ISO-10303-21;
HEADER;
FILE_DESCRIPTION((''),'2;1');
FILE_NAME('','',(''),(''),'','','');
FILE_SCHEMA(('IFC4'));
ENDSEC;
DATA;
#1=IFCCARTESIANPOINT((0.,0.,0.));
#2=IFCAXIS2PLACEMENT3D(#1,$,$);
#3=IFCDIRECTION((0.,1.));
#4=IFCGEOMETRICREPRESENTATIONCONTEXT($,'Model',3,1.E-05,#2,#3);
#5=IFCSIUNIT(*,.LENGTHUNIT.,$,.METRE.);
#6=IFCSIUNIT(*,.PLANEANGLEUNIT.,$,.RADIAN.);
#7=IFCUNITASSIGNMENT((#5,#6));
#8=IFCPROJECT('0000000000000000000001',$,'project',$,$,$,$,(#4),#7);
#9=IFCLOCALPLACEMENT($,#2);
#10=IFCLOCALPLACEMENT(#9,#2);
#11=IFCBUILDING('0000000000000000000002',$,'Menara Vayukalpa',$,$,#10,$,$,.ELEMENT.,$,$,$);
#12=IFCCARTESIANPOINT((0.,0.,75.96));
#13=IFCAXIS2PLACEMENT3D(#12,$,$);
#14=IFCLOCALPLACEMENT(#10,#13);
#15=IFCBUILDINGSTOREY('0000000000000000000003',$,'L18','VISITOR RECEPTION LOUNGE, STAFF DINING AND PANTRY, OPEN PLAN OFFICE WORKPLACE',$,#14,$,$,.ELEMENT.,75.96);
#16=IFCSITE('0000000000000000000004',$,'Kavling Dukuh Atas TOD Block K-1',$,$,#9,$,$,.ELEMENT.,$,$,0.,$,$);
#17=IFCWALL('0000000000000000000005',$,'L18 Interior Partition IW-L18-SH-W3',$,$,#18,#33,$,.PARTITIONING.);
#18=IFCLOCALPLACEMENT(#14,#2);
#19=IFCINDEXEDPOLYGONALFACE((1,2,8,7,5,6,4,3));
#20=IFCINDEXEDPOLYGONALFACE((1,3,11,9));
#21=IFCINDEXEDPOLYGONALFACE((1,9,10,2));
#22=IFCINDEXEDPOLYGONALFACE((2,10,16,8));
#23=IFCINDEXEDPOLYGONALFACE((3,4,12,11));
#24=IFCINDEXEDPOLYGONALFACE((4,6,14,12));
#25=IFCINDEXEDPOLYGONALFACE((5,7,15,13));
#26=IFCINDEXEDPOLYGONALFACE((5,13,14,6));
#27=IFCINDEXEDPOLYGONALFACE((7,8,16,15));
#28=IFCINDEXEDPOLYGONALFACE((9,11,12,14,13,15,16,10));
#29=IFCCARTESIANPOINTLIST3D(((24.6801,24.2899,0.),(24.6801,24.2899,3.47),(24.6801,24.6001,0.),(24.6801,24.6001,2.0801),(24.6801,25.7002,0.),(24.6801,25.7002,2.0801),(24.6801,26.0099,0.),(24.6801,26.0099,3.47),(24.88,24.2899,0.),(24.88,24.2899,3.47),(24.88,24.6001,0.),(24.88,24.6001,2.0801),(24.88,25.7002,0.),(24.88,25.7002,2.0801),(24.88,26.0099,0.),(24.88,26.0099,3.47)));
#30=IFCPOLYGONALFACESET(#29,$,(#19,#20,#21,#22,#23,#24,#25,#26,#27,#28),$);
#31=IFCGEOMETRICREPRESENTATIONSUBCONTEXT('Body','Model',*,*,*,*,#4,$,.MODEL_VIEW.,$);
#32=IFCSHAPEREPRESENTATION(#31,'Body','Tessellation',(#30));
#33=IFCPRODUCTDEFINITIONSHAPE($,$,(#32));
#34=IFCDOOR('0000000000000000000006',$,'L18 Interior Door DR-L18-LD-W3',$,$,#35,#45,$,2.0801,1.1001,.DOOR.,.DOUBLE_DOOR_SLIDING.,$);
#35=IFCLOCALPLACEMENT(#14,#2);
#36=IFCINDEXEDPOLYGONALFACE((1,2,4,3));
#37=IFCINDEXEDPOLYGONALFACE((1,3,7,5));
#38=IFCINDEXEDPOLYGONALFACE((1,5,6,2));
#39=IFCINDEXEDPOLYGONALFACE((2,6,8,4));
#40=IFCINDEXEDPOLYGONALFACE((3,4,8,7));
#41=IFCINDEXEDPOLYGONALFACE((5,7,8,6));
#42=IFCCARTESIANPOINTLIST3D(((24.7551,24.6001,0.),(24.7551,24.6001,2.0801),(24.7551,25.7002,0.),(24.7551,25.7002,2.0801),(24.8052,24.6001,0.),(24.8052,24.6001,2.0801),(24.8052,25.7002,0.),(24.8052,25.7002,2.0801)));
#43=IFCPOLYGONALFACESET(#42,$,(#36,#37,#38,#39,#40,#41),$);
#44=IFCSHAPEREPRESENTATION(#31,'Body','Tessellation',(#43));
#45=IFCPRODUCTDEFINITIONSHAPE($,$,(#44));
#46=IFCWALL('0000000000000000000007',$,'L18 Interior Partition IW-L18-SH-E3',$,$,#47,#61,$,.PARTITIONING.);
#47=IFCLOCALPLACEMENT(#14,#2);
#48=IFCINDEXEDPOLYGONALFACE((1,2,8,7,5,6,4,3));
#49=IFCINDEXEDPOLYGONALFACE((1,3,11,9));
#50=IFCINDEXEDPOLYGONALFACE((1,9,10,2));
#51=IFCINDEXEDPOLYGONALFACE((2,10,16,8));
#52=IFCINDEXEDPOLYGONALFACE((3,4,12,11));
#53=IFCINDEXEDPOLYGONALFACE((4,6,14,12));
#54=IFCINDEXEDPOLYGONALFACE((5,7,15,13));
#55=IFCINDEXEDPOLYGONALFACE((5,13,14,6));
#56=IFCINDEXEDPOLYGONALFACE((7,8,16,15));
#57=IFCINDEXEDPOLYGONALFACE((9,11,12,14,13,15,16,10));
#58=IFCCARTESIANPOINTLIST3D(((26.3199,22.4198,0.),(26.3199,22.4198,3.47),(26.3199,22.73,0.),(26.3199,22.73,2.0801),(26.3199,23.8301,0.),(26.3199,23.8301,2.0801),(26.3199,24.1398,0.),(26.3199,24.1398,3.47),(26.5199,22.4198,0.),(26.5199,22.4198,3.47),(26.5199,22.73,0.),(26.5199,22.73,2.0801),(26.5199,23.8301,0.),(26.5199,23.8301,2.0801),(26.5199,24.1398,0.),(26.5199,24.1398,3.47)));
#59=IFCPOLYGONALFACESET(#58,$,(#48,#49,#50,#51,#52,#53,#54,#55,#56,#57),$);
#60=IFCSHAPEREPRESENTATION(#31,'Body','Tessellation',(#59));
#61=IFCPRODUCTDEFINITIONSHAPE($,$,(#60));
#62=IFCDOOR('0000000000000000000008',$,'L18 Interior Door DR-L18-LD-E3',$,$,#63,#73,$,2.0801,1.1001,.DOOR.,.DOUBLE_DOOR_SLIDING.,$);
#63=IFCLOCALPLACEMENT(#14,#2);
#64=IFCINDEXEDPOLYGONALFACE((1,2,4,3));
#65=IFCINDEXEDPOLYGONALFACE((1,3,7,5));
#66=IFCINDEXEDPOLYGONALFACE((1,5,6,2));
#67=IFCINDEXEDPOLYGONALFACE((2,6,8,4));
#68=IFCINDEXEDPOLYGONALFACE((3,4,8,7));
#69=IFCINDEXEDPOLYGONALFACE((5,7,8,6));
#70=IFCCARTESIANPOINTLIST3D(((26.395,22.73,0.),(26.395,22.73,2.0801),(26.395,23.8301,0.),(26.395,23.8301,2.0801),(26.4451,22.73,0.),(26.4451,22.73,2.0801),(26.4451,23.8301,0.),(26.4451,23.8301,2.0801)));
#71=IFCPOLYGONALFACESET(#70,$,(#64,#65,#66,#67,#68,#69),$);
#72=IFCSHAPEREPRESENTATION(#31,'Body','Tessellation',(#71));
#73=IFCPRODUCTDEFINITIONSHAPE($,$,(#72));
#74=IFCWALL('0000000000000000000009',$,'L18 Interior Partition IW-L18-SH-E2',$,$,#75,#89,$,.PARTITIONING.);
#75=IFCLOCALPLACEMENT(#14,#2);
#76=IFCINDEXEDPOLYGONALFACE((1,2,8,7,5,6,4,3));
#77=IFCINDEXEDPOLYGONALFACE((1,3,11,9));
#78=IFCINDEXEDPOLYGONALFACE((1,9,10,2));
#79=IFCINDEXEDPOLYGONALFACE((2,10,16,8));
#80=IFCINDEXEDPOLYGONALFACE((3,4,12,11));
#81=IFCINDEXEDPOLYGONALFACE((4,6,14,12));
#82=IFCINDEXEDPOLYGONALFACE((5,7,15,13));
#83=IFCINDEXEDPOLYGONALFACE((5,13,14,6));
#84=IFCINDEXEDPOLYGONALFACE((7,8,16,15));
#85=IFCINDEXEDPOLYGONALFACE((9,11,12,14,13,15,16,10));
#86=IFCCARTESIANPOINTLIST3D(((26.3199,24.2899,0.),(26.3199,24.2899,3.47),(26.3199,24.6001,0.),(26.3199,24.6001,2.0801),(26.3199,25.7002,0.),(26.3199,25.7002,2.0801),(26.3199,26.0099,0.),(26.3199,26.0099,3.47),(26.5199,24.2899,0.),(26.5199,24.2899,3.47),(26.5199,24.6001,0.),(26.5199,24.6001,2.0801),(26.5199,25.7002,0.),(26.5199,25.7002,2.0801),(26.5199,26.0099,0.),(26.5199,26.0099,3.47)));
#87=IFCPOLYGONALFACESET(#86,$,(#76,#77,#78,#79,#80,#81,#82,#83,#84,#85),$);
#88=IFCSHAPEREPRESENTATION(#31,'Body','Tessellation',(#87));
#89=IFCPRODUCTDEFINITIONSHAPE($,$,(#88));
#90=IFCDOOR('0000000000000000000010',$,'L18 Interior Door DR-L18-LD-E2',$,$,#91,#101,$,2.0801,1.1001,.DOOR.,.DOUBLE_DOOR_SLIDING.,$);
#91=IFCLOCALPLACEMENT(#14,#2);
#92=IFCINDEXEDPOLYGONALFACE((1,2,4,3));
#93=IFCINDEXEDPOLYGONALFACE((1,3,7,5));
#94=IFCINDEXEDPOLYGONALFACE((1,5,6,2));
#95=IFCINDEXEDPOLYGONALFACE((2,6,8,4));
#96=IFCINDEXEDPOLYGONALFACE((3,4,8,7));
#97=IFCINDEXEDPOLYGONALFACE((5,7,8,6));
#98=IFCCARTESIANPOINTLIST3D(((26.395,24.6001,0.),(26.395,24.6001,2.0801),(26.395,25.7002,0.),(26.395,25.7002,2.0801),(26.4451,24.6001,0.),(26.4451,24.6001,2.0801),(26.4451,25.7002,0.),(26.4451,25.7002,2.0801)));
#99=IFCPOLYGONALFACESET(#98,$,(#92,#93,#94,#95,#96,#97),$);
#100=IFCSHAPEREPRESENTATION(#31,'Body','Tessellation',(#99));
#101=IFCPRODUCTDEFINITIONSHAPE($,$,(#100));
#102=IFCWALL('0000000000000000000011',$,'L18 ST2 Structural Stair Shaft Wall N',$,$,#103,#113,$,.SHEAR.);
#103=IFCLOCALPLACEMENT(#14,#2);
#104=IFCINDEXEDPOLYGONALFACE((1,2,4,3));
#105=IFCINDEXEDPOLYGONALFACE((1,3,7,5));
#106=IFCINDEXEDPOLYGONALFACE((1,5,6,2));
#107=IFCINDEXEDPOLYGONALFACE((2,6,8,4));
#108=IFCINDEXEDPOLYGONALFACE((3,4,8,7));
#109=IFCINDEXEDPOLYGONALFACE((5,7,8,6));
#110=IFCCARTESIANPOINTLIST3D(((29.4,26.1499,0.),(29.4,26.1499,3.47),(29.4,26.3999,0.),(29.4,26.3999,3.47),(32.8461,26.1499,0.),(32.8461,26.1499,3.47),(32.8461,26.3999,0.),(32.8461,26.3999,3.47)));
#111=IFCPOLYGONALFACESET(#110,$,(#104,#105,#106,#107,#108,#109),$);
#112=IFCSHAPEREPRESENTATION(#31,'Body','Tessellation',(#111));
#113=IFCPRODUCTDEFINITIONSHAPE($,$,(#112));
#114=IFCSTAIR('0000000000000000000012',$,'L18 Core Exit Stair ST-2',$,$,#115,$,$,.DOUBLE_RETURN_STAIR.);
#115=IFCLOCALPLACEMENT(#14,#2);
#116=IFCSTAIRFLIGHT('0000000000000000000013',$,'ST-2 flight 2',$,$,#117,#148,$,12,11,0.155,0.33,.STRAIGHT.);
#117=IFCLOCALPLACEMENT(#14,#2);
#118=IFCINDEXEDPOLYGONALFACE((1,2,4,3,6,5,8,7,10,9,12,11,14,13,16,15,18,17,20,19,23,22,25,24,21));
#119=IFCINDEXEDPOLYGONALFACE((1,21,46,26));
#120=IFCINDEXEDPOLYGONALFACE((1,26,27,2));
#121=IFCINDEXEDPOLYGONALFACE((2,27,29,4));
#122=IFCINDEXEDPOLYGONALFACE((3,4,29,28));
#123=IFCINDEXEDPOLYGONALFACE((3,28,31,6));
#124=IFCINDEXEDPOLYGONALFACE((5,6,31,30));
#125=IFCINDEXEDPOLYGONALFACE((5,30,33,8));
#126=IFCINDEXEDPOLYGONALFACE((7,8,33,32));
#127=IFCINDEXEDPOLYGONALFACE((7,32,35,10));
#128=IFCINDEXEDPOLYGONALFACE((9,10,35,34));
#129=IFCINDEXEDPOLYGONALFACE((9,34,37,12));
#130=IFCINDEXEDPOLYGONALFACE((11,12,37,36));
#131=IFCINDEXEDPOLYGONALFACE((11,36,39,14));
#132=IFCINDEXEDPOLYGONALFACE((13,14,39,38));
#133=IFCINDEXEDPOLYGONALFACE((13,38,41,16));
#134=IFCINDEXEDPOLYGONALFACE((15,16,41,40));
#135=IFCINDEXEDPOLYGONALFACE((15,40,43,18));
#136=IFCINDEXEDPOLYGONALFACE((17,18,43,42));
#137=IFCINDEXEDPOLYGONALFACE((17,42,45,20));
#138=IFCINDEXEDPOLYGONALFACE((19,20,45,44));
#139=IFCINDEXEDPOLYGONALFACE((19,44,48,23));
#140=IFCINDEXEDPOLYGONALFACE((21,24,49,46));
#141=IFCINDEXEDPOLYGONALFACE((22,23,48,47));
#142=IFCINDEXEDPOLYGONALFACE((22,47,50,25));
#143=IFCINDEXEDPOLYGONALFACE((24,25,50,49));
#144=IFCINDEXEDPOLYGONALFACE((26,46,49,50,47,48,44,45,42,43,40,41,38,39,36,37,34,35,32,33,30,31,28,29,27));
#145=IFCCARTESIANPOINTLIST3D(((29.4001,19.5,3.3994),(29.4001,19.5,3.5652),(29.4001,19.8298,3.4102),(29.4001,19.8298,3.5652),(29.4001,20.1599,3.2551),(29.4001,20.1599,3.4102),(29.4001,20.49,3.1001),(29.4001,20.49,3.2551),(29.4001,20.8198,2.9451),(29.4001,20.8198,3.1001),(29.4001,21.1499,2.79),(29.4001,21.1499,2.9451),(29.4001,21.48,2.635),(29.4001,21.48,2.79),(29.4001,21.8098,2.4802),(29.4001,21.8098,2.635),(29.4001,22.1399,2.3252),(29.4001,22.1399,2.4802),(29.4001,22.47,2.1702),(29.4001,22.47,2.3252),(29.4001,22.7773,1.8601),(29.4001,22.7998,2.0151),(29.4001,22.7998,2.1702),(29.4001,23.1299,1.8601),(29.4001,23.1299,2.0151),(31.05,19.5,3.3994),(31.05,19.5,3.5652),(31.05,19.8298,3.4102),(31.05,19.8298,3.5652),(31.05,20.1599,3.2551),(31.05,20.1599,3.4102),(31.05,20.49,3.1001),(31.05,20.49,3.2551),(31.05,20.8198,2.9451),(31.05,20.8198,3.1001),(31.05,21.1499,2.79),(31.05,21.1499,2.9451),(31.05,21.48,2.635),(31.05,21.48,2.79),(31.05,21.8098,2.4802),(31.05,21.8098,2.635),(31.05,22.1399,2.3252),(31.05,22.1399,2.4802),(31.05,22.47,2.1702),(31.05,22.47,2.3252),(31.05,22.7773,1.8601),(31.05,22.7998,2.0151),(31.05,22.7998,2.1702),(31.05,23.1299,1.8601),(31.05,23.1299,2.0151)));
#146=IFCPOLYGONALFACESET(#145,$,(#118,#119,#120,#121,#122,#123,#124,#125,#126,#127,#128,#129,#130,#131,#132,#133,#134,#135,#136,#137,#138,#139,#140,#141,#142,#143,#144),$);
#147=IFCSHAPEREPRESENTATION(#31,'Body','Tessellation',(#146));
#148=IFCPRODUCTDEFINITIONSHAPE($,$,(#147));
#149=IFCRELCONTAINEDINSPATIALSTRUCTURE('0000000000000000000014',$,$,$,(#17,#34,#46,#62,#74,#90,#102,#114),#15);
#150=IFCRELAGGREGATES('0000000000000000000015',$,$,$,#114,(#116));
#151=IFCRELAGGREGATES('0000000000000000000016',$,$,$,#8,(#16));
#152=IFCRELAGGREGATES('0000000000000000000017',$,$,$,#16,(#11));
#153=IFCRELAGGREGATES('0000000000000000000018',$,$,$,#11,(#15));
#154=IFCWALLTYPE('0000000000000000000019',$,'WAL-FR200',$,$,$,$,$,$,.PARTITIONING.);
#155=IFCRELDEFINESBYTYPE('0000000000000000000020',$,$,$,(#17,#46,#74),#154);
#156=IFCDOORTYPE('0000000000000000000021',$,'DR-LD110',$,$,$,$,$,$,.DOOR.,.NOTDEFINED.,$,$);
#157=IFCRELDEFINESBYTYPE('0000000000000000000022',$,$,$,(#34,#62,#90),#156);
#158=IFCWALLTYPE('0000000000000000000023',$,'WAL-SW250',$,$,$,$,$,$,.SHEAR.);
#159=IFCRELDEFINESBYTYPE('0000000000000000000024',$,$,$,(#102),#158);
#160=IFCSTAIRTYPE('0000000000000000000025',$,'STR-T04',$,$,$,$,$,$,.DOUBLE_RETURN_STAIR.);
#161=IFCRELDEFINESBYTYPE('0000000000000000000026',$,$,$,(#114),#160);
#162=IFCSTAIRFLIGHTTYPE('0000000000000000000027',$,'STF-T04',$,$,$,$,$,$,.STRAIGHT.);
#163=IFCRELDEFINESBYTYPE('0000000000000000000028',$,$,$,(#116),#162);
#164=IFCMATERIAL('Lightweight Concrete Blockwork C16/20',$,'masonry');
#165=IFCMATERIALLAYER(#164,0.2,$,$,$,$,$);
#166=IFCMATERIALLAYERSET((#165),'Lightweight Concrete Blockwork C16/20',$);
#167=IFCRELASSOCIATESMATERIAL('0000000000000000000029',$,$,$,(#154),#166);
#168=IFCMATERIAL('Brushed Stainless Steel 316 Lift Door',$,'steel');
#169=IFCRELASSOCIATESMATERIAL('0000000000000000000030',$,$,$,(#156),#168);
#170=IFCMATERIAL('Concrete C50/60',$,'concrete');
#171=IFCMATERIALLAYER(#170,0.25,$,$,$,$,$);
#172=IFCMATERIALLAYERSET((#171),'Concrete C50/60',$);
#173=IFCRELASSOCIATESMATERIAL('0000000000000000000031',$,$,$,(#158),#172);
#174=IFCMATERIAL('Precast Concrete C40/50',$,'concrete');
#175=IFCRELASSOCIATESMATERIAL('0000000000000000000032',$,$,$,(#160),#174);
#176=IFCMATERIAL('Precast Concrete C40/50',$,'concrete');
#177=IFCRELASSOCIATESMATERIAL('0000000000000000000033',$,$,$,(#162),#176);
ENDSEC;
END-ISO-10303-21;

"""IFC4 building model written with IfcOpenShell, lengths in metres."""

from ifc_helpers import new_model, si_unit, direction, frame, frame_2d, origin, place, context, subcontext, project, spatial, polyline, rectangle, outline, extrude, material, layer, layer_set, type_object, element, fill, aggregate, save


model = new_model("IFC4")

# Units and contexts
model_context = context("Model", 3, precision=1e-05, world=origin(), true_north=direction((0.0, 1.0)))
body_context = subcontext(model_context, "Body", "Model", "MODEL_VIEW")
ifc_project = project(units=[si_unit("LENGTHUNIT", "METRE"), si_unit("PLANEANGLEUNIT", "RADIAN")], contexts=[model_context])

# Site, building, storey
site_placement = place(None, origin())
site = spatial("IfcSite", under=ifc_project, at=site_placement, Name="Kavling Dukuh Atas TOD Block K-1", CompositionType="ELEMENT", RefElevation=0.0)
building_placement = place(site_placement, origin())
building = spatial("IfcBuilding", under=site, at=building_placement, Name="Menara Vayukalpa", CompositionType="ELEMENT")
storey_placement = place(building_placement, frame((0.0, 0.0, 75.96)))
storey = spatial("IfcBuildingStorey", under=building, at=storey_placement, Name="L18", Description="VISITOR RECEPTION LOUNGE, STAFF DINING AND PANTRY, OPEN PLAN OFFICE WORKPLACE", CompositionType="ELEMENT", Elevation=75.96)

# Walls, openings, doors
ifc_material_1 = material(Name="Lightweight Concrete Blockwork C16/20", Category="masonry")
ifc_layer_1 = layer(ifc_material_1, 0.2)
ifc_layer_set_1 = layer_set([ifc_layer_1], Name="Lightweight Concrete Blockwork C16/20")
wall_type_1 = type_object("IfcWallType", Name="WAL-FR200", PredefinedType="PARTITIONING", material=ifc_layer_set_1)
ifc_material_2 = material(Name="Brushed Stainless Steel 316 Lift Door", Category="steel")
door_type = type_object("IfcDoorType", Name="DR-LD110", OperationType="NOTDEFINED", PredefinedType="DOOR", material=ifc_material_2)
wall_1_placement = place(storey_placement, frame((24.78, 24.29, 0.0), z_axis=(0.0, 0.0, 1.0), x_axis=(0.0, 1.0, 0.0)))
wall_1 = element("IfcWall", 1, at=wall_1_placement, inside=storey, type_object=wall_type_1, Name="L18 Interior Partition IW-L18-SH-W3", PredefinedType="PARTITIONING", context=body_context, shape_type="SweptSolid", body=[
    extrude(rectangle(XDim=1.72, YDim=0.2, at=frame_2d((0.8599, 0.0))), origin(), (0.0, 0.0, 1.0), 3.47),
])
opening_1_placement = place(wall_1_placement, frame((0.3101, 0.0, 0.0)))
opening_1 = element("IfcOpeningElement", 2, at=opening_1_placement, cuts=wall_1, PredefinedType="OPENING", context=body_context, shape_type="SweptSolid", body=[
    extrude(rectangle(XDim=1.1001, YDim=2.0801, at=frame_2d((0.55, 1.04))), frame((0.0, 0.1099, 0.0), z_axis=(0.0, -1.0, 0.0), x_axis=(1.0, 0.0, 0.0)), (0.0, 0.0, 1.0), 0.22),
])
door_1_placement = place(opening_1_placement, origin())
door_1 = element("IfcDoor", 3, at=door_1_placement, inside=storey, type_object=door_type, Name="L18 Interior Door DR-L18-LD-W3", OperationType="DOUBLE_DOOR_SLIDING", OverallHeight=2.0801, OverallWidth=1.1001, PredefinedType="DOOR", context=body_context, shape_type="SweptSolid", body=[
    extrude(rectangle(XDim=1.1001, YDim=2.0801, at=frame_2d((0.55, 1.04))), frame((0.0, 0.0249, 0.0), z_axis=(0.0, -1.0, 0.0), x_axis=(1.0, 0.0, 0.0)), (0.0, 0.0, 1.0), 0.05),
])
fill(opening_1, door_1)
wall_2_placement = place(storey_placement, frame((26.4199, 22.4199, 0.0), z_axis=(0.0, 0.0, 1.0), x_axis=(0.0, 1.0, 0.0)))
wall_2 = element("IfcWall", 4, at=wall_2_placement, inside=storey, type_object=wall_type_1, Name="L18 Interior Partition IW-L18-SH-E3", PredefinedType="PARTITIONING", context=body_context, shape_type="SweptSolid", body=[
    extrude(rectangle(XDim=1.72, YDim=0.2, at=frame_2d((0.8599, 0.0))), origin(), (0.0, 0.0, 1.0), 3.47),
])
opening_2_placement = place(wall_2_placement, frame((0.3101, 0.0, 0.0)))
opening_2 = element("IfcOpeningElement", 5, at=opening_2_placement, cuts=wall_2, PredefinedType="OPENING", context=body_context, shape_type="SweptSolid", body=[
    extrude(rectangle(XDim=1.1001, YDim=2.0801, at=frame_2d((0.55, 1.04))), frame((0.0, 0.1099, 0.0), z_axis=(0.0, -1.0, 0.0), x_axis=(1.0, 0.0, 0.0)), (0.0, 0.0, 1.0), 0.22),
])
door_2_placement = place(opening_2_placement, origin())
door_2 = element("IfcDoor", 6, at=door_2_placement, inside=storey, type_object=door_type, Name="L18 Interior Door DR-L18-LD-E3", OperationType="DOUBLE_DOOR_SLIDING", OverallHeight=2.0801, OverallWidth=1.1001, PredefinedType="DOOR", context=body_context, shape_type="SweptSolid", body=[
    extrude(rectangle(XDim=1.1001, YDim=2.0801, at=frame_2d((0.55, 1.04))), frame((0.0, 0.0249, 0.0), z_axis=(0.0, -1.0, 0.0), x_axis=(1.0, 0.0, 0.0)), (0.0, 0.0, 1.0), 0.05),
])
fill(opening_2, door_2)
wall_3_placement = place(storey_placement, frame((26.4199, 24.29, 0.0), z_axis=(0.0, 0.0, 1.0), x_axis=(0.0, 1.0, 0.0)))
wall_3 = element("IfcWall", 7, at=wall_3_placement, inside=storey, type_object=wall_type_1, Name="L18 Interior Partition IW-L18-SH-E2", PredefinedType="PARTITIONING", context=body_context, shape_type="SweptSolid", body=[
    extrude(rectangle(XDim=1.72, YDim=0.2, at=frame_2d((0.8599, 0.0))), origin(), (0.0, 0.0, 1.0), 3.47),
])
opening_3_placement = place(wall_3_placement, frame((0.3101, 0.0, 0.0)))
opening_3 = element("IfcOpeningElement", 8, at=opening_3_placement, cuts=wall_3, PredefinedType="OPENING", context=body_context, shape_type="SweptSolid", body=[
    extrude(rectangle(XDim=1.1001, YDim=2.0801, at=frame_2d((0.55, 1.04))), frame((0.0, 0.1099, 0.0), z_axis=(0.0, -1.0, 0.0), x_axis=(1.0, 0.0, 0.0)), (0.0, 0.0, 1.0), 0.22),
])
door_3_placement = place(opening_3_placement, origin())
door_3 = element("IfcDoor", 9, at=door_3_placement, inside=storey, type_object=door_type, Name="L18 Interior Door DR-L18-LD-E2", OperationType="DOUBLE_DOOR_SLIDING", OverallHeight=2.0801, OverallWidth=1.1001, PredefinedType="DOOR", context=body_context, shape_type="SweptSolid", body=[
    extrude(rectangle(XDim=1.1001, YDim=2.0801, at=frame_2d((0.55, 1.04))), frame((0.0, 0.0249, 0.0), z_axis=(0.0, -1.0, 0.0), x_axis=(1.0, 0.0, 0.0)), (0.0, 0.0, 1.0), 0.05),
])
fill(opening_3, door_3)

# Wall
ifc_material_3 = material(Name="Concrete C50/60", Category="concrete")
ifc_layer_2 = layer(ifc_material_3, 0.25)
ifc_layer_set_2 = layer_set([ifc_layer_2], Name="Concrete C50/60")
wall_type_2 = type_object("IfcWallType", Name="WAL-SW250", PredefinedType="SHEAR", material=ifc_layer_set_2)
wall_4_placement = place(storey_placement, frame((29.3999, 26.2749, 0.0), z_axis=(0.0, 0.0, 1.0), x_axis=(1.0, 0.0, 0.0)))
element("IfcWall", 10, at=wall_4_placement, inside=storey, type_object=wall_type_2, Name="L18 ST2 Structural Stair Shaft Wall N", PredefinedType="SHEAR", context=body_context, shape_type="SweptSolid", body=[
    extrude(rectangle(XDim=3.446, YDim=0.25, at=frame_2d((1.7231, 0.0))), origin(), (0.0, 0.0, 1.0), 3.47),
])

# Stair, stair flight
ifc_material_4 = material(Name="Precast Concrete C40/50", Category="concrete")
stair_type = type_object("IfcStairType", Name="STR-T04", PredefinedType="DOUBLE_RETURN_STAIR", material=ifc_material_4)
stair_placement = place(storey_placement, origin())
stair = element("IfcStair", 11, at=stair_placement, inside=storey, type_object=stair_type, Name="L18 Core Exit Stair ST-2", PredefinedType="DOUBLE_RETURN_STAIR")
ifc_material_5 = material(Name="Precast Concrete C40/50", Category="concrete")
stair_flight_type = type_object("IfcStairFlightType", Name="STF-T04", PredefinedType="STRAIGHT", material=ifc_material_5)
stair_flight_placement = place(storey_placement, frame((30.2251, 23.1299, 1.8601), z_axis=(0.0, 0.0, 1.0), x_axis=(0.0, -1.0, 0.0)))
stair_flight = element("IfcStairFlight", 12, at=stair_flight_placement, type_object=stair_flight_type, Name="ST-2 flight 2", NumberOfRisers=12, NumberOfTreads=11, PredefinedType="STRAIGHT", RiserHeight=0.155, TreadLength=0.33, context=body_context, shape_type="SweptSolid", body=[
    extrude(outline(polyline([(0.0, 0.0), (0.0, 0.155), (0.3301, 0.155), (0.3301, 0.3101), (0.6599, 0.3101), (0.6599, 0.4651), (0.99, 0.4651), (0.99, 0.6201), (1.3201, 0.6201), (1.3201, 0.7749), (1.6499, 0.7749), (1.6499, 0.9299), (1.98, 0.9299), (1.98, 1.085), (2.3101, 1.085), (2.3101, 1.24), (2.6399, 1.24), (2.6399, 1.395), (2.97, 1.395), (2.97, 1.55), (3.3, 1.55), (3.3, 1.7051), (3.6299, 1.7051), (3.6299, 1.8601), (3.6299, 1.5393), (0.3525, 0.0), (0.0, 0.0)])), frame((0.0, 0.825, 0.0), z_axis=(0.0, -1.0, 0.0), x_axis=(1.0, 0.0, 0.0)), (0.0, 0.0, 1.0), 1.6499),
])
aggregate(stair, [stair_flight])

save(model, "model.ifc")
